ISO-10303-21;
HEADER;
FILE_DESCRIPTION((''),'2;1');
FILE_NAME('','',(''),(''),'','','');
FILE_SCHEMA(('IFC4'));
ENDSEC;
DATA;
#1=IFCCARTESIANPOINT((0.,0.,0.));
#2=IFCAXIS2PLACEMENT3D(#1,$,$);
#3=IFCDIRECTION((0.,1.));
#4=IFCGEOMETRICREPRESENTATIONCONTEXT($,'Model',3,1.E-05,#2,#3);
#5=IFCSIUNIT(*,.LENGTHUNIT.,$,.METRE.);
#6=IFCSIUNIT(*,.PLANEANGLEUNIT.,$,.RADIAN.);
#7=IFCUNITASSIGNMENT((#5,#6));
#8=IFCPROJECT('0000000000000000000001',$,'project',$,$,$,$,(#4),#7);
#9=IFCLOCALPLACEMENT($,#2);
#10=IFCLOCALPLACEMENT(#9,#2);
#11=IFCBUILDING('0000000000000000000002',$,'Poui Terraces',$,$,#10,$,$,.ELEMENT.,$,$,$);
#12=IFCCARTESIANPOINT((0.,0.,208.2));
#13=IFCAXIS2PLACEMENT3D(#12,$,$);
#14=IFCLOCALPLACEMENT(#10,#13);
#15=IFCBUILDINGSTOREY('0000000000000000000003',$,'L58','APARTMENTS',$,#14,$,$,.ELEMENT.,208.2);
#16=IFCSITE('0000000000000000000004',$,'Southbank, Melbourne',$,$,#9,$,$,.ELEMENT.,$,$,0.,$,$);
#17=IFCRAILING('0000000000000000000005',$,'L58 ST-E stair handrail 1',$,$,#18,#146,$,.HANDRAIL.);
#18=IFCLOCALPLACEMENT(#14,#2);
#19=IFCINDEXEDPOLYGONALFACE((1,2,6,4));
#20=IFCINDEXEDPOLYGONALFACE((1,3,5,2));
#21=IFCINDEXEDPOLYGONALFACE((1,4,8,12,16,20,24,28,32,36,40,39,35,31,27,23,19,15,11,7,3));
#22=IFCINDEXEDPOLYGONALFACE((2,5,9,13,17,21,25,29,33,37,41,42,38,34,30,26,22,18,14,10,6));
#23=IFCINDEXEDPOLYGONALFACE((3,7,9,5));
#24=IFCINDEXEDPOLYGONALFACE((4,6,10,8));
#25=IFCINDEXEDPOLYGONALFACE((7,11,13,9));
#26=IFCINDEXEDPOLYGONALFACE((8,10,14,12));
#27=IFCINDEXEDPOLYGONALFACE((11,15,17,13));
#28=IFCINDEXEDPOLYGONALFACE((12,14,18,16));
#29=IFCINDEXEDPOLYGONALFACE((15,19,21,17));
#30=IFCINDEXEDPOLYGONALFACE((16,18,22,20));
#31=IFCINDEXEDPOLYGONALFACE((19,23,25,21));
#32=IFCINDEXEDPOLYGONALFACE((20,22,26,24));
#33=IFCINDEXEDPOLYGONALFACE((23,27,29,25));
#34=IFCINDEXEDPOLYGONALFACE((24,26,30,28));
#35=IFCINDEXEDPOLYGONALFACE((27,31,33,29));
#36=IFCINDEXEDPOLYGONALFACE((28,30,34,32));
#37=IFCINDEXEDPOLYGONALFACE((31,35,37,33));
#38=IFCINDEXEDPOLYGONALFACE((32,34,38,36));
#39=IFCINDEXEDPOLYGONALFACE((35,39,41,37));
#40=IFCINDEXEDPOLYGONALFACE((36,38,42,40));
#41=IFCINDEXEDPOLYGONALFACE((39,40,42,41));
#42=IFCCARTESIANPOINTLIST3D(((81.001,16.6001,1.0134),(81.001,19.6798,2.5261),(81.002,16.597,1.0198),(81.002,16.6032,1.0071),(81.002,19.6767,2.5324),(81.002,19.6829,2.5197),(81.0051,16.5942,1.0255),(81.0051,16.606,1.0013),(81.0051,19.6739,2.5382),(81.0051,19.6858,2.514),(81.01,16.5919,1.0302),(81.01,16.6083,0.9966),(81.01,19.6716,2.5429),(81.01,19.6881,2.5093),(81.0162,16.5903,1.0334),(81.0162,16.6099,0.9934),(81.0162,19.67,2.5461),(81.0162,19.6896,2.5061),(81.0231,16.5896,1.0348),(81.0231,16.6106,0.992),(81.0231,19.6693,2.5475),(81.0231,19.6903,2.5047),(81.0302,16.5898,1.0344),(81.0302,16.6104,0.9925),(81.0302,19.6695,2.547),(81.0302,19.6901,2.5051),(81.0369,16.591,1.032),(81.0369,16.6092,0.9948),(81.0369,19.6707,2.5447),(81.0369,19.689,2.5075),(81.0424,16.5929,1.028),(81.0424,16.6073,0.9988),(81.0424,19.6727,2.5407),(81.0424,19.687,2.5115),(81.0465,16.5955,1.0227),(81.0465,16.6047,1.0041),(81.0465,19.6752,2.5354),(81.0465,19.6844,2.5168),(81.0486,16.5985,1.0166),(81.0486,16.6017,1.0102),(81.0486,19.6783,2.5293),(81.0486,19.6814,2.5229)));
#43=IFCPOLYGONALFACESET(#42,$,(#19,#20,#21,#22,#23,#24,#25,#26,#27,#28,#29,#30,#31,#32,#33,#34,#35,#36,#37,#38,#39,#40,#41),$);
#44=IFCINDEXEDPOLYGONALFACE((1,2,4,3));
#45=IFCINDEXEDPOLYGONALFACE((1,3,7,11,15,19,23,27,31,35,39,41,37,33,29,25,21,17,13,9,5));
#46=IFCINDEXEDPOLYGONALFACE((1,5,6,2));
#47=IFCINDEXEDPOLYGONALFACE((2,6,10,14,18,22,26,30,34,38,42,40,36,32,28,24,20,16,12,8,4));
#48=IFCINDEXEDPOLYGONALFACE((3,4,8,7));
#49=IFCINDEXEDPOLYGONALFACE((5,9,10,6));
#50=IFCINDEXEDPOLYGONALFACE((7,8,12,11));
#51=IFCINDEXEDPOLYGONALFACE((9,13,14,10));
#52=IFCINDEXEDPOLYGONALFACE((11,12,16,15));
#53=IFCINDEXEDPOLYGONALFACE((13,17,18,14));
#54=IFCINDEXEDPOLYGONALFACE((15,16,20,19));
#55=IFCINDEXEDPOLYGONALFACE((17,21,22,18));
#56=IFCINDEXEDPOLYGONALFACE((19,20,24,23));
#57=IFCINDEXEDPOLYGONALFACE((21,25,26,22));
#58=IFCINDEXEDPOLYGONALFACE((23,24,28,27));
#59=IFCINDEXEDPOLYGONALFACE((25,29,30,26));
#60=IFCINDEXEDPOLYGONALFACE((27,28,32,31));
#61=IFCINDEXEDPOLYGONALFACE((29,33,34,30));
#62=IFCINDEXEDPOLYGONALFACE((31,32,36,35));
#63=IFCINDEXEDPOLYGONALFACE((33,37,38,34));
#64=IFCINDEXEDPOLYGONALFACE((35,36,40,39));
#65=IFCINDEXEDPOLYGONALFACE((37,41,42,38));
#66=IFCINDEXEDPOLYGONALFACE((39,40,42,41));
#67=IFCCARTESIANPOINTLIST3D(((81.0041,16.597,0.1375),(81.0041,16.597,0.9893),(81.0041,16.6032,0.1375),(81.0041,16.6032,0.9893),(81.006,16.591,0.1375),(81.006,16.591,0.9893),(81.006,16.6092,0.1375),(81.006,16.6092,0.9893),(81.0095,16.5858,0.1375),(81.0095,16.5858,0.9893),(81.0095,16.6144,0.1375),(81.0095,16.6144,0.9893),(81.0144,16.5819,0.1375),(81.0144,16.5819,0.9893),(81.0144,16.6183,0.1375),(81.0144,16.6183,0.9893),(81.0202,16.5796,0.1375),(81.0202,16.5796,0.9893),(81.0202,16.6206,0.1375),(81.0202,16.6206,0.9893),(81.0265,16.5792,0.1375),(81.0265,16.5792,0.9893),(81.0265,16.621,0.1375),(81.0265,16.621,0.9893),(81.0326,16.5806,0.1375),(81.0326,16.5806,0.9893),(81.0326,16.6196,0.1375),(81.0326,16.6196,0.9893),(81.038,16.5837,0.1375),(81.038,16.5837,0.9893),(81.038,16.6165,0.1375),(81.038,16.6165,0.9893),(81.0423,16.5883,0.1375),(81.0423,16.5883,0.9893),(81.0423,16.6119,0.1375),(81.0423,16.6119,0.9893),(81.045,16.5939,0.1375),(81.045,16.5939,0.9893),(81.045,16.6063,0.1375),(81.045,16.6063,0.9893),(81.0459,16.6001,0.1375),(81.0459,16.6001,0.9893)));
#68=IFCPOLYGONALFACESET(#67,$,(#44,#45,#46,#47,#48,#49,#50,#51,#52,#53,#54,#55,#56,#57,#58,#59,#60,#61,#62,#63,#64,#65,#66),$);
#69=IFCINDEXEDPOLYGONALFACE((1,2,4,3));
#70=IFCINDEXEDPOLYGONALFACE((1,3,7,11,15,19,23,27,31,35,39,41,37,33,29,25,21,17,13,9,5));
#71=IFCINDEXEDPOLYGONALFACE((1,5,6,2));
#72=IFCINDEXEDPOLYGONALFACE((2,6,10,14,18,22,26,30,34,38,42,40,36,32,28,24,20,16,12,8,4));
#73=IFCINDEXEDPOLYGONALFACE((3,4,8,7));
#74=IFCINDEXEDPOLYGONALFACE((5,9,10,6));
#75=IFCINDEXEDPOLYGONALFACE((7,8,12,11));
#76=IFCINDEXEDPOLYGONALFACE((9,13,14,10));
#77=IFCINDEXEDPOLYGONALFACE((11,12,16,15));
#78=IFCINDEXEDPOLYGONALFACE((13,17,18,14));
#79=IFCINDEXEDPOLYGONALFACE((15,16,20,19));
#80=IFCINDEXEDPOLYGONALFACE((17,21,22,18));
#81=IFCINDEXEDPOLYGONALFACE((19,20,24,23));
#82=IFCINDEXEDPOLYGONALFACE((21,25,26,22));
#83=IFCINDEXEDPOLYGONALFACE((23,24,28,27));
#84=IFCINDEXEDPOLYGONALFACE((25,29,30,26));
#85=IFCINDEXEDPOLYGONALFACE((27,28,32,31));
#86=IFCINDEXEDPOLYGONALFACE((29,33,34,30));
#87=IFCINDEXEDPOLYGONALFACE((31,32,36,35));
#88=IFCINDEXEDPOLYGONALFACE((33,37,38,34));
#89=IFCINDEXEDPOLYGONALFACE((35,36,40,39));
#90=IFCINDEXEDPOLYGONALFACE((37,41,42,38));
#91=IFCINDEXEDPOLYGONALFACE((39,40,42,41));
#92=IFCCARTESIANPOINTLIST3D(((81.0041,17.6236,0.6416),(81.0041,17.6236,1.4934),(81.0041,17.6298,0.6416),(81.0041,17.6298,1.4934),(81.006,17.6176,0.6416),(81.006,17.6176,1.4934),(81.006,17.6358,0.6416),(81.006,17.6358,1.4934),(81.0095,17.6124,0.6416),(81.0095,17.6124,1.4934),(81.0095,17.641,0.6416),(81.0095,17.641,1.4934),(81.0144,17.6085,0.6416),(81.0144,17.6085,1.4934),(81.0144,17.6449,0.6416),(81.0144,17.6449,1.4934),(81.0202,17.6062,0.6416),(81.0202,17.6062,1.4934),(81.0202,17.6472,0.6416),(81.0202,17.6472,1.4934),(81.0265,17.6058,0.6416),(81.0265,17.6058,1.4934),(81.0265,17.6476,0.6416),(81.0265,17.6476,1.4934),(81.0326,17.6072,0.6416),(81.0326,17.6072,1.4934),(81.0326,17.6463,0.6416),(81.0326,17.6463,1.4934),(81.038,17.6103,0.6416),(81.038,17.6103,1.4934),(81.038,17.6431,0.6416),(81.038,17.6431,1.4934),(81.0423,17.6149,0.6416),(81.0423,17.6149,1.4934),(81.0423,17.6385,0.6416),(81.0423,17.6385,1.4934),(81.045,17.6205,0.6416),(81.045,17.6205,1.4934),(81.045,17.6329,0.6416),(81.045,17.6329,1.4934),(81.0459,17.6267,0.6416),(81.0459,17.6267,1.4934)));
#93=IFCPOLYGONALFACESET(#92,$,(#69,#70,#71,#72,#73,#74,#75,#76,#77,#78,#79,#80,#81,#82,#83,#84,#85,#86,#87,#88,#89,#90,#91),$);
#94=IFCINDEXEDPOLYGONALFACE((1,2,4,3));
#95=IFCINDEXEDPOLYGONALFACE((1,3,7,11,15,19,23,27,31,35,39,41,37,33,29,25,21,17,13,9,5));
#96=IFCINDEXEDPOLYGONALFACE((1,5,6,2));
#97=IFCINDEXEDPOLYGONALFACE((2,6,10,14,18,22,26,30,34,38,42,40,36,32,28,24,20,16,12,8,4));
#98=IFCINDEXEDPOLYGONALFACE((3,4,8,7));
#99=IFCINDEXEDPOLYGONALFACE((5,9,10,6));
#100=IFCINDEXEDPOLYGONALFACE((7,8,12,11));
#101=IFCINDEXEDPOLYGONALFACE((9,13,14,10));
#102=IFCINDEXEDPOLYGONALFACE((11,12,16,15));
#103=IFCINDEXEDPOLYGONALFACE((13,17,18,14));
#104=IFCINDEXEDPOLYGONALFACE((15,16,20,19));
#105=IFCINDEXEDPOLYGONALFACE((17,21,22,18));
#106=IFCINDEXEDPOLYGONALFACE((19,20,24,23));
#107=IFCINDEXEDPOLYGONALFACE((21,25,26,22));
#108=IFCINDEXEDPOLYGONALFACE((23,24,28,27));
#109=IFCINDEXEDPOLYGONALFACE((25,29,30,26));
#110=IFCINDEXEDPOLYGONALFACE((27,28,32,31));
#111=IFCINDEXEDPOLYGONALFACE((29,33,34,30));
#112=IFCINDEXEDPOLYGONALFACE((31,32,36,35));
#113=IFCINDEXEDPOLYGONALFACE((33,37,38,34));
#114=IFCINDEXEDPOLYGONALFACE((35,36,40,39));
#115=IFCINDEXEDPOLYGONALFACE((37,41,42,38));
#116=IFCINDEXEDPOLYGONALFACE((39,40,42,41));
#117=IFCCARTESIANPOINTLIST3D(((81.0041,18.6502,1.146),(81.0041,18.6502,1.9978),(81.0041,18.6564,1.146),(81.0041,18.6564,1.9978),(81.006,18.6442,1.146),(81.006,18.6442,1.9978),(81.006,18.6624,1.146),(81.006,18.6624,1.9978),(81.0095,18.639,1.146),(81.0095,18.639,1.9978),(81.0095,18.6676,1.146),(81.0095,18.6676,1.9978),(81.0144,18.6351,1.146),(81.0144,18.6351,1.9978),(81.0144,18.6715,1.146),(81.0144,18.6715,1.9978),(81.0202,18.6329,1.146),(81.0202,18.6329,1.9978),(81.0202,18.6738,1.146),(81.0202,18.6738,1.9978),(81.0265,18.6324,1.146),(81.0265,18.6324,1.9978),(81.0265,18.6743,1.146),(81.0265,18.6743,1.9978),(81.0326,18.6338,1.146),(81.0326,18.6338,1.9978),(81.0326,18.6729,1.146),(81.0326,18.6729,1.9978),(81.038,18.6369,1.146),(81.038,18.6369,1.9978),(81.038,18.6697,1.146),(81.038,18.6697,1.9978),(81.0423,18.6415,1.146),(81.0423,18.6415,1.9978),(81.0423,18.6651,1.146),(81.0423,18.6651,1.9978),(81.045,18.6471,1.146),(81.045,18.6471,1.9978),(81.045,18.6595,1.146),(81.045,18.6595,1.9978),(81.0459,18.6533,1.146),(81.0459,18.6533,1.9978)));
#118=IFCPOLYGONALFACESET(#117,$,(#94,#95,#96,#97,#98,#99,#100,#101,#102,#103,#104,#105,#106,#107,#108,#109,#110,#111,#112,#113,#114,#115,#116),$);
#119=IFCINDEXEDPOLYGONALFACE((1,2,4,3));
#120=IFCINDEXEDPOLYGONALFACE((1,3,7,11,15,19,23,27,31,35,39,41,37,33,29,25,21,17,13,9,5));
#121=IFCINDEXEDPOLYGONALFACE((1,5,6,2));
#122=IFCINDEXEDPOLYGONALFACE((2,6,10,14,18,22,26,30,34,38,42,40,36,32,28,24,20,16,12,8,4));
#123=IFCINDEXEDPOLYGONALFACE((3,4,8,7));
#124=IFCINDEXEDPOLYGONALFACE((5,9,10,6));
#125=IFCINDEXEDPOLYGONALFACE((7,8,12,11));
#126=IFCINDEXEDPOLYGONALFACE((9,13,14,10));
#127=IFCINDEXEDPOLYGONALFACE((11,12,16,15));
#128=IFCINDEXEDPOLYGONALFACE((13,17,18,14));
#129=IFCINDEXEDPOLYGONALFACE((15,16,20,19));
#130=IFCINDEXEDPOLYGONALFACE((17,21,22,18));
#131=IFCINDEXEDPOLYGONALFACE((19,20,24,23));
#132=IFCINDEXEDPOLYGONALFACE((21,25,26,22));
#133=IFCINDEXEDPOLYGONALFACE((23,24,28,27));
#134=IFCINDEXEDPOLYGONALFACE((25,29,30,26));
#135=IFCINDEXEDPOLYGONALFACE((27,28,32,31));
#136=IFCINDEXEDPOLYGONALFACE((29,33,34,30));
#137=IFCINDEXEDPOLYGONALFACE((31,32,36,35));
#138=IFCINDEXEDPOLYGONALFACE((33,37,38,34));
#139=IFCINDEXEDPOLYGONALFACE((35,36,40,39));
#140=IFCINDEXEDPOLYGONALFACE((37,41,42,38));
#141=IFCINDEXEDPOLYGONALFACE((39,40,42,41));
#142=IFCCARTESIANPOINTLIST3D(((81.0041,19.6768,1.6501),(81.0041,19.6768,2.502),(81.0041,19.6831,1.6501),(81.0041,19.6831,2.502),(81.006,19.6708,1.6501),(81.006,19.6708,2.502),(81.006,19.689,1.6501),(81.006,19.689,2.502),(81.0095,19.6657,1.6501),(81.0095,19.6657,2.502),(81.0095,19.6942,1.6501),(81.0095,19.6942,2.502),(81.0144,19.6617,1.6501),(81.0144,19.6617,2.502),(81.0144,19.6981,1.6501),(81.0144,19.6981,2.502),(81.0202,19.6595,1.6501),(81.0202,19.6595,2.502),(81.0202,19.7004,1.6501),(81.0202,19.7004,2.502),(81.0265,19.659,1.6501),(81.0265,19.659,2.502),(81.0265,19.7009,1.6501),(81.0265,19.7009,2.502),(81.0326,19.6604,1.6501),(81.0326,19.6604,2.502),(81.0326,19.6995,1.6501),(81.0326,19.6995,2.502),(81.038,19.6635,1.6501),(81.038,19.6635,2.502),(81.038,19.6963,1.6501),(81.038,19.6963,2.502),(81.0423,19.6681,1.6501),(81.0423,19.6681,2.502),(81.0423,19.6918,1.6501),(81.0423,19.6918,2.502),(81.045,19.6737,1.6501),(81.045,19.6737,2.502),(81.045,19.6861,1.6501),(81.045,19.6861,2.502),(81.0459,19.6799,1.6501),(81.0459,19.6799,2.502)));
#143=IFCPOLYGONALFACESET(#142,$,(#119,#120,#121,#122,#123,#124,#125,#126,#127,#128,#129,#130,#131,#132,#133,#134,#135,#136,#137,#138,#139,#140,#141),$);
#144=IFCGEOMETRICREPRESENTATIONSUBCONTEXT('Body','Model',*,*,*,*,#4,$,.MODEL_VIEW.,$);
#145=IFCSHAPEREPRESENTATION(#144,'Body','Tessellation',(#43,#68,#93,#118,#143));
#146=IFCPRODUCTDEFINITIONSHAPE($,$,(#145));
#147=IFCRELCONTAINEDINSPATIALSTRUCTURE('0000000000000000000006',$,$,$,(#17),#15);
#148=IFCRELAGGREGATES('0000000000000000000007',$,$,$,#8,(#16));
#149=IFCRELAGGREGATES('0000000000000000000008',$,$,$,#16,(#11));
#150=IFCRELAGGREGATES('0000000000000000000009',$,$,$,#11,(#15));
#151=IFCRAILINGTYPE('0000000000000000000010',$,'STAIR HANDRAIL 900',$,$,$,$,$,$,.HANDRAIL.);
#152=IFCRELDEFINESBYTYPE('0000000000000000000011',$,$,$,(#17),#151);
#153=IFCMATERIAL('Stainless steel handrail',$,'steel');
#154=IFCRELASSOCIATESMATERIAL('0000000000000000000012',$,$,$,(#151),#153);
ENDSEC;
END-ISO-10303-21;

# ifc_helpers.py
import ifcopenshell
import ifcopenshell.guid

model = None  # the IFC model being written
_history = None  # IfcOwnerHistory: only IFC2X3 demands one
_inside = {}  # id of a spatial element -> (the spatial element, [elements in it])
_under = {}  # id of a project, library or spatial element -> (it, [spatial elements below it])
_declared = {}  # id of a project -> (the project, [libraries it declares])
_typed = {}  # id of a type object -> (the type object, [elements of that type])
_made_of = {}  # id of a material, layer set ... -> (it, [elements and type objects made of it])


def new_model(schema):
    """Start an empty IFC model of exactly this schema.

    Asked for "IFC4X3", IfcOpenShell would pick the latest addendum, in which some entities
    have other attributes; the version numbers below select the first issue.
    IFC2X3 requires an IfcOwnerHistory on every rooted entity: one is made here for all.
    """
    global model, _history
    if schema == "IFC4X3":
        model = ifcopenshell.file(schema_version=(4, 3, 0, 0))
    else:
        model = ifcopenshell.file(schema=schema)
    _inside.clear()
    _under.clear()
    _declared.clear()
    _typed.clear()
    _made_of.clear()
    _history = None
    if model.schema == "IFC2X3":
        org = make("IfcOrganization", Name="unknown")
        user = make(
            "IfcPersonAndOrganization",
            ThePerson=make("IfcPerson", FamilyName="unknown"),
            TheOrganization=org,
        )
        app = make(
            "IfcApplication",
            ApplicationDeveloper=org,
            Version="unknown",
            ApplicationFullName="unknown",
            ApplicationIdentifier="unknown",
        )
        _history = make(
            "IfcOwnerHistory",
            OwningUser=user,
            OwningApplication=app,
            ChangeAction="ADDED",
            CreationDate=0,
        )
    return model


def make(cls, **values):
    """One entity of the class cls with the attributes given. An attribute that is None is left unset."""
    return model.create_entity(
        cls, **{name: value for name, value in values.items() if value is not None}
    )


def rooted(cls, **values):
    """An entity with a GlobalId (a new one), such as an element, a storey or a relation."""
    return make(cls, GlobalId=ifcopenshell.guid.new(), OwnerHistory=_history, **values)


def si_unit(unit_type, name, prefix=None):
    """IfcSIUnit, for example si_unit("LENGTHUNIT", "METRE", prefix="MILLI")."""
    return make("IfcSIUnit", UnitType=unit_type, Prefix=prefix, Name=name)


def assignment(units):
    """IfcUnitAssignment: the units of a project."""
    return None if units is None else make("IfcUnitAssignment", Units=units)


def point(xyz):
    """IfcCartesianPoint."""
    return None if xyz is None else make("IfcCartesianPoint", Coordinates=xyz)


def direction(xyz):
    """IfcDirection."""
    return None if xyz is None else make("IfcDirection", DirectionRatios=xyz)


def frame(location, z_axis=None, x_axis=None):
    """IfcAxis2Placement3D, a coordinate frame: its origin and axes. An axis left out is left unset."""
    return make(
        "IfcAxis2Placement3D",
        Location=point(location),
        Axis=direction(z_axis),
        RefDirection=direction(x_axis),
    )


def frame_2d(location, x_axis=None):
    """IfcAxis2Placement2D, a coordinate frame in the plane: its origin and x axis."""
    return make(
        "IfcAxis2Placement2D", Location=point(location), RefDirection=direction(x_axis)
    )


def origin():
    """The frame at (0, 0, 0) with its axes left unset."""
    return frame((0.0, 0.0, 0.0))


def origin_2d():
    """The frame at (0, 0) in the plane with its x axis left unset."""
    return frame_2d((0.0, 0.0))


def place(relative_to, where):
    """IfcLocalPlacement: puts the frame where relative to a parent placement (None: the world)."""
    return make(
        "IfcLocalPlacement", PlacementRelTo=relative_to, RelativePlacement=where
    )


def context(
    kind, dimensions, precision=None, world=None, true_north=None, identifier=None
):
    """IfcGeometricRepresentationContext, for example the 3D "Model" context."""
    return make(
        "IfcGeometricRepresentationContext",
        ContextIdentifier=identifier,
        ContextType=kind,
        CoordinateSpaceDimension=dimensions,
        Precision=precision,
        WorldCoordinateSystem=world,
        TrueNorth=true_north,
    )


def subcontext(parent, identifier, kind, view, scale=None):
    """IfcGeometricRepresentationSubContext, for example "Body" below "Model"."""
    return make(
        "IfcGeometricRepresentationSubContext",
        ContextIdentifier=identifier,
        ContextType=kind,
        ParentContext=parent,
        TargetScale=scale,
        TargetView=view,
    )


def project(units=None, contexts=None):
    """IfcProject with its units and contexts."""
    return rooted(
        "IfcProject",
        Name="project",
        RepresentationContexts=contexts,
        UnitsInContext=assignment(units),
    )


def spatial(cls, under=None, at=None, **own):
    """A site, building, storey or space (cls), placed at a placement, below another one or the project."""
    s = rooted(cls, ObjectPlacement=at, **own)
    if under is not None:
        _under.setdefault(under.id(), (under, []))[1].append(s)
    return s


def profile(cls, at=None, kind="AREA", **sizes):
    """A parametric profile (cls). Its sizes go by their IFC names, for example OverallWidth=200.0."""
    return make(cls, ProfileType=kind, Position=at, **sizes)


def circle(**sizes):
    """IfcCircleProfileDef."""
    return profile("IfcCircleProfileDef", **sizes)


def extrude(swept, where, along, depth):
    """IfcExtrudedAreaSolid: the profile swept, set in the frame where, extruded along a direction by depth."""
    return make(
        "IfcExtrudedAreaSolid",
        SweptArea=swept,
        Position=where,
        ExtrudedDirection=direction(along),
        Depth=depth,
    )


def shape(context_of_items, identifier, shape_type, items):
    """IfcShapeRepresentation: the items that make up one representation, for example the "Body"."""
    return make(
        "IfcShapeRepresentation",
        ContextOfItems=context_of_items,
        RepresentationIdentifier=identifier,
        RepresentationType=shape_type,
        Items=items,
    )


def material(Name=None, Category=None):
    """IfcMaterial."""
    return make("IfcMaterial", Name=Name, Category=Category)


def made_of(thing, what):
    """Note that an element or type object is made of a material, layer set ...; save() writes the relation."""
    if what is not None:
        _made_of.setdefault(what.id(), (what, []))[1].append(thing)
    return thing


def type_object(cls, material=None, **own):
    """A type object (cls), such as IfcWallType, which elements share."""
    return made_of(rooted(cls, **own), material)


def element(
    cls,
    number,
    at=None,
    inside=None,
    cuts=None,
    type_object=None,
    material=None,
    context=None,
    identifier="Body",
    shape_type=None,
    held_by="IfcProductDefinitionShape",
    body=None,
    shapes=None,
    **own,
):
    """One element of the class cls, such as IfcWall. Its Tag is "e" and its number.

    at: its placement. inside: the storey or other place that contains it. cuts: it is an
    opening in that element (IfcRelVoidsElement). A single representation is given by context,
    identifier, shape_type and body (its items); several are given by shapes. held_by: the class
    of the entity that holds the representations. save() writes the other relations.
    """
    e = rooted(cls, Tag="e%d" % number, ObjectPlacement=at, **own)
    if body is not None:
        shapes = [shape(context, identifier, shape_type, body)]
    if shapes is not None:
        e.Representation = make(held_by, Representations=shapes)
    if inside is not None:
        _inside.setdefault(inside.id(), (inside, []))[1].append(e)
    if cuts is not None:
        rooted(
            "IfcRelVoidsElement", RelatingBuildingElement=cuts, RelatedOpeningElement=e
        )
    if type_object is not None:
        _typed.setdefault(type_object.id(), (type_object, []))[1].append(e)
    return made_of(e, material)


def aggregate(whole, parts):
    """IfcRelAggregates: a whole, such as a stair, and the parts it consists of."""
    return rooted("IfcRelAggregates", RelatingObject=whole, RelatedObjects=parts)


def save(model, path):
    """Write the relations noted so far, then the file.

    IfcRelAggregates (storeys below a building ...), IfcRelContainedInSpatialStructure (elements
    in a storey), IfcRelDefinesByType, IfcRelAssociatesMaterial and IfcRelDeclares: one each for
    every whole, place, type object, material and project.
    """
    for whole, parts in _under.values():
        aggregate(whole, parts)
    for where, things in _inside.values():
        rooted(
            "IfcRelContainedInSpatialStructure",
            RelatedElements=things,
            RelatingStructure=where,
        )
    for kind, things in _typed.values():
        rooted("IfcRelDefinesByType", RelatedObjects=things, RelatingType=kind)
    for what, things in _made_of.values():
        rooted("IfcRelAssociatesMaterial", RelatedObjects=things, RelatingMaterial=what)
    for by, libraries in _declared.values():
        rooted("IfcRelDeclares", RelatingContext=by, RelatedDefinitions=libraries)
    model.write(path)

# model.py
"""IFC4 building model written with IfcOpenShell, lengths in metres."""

from ifc_helpers import new_model, si_unit, direction, frame, origin, origin_2d, place, context, subcontext, project, spatial, circle, extrude, material, type_object, element, save


model = new_model("IFC4")

# Units and contexts
model_context = context("Model", 3, precision=1e-05, world=origin(), true_north=direction((0.0, 1.0)))
body_context = subcontext(model_context, "Body", "Model", "MODEL_VIEW")
ifc_project = project(units=[si_unit("LENGTHUNIT", "METRE"), si_unit("PLANEANGLEUNIT", "RADIAN")], contexts=[model_context])

# Site, building, storey
site_placement = place(None, origin())
site = spatial("IfcSite", under=ifc_project, at=site_placement, Name="Southbank, Melbourne", CompositionType="ELEMENT", RefElevation=0.0)
building_placement = place(site_placement, origin())
building = spatial("IfcBuilding", under=site, at=building_placement, Name="Poui Terraces", CompositionType="ELEMENT")
storey_placement = place(building_placement, frame((0.0, 0.0, 208.2)))
storey = spatial("IfcBuildingStorey", under=building, at=storey_placement, Name="L58", Description="APARTMENTS", CompositionType="ELEMENT", Elevation=208.2)

# Railing
ifc_material_1 = material(Name="Stainless steel handrail", Category="steel")
railing_type_1 = type_object("IfcRailingType", Name="STAIR HANDRAIL 900", PredefinedType="HANDRAIL", material=ifc_material_1)
railing_1_placement = place(storey_placement, frame((81.0249, 16.6001, 0.1375)))
element("IfcRailing", 1, at=railing_1_placement, inside=storey, type_object=railing_type_1, Name="L58 ST-E stair handrail 1", PredefinedType="HANDRAIL", context=body_context, shape_type="SweptSolid", body=[
    extrude(circle(Radius=0.0239, at=origin_2d()), frame((0.0, 0.0, 0.876), z_axis=(0.0, 0.897578, 0.440856), x_axis=(-1.0, 0.0, 0.0)), (0.0, 0.0, 1.0), 3.4312),
    extrude(circle(Radius=0.021, at=origin_2d()), origin(), (0.0, 0.0, 1.0), 0.8518),
    extrude(circle(Radius=0.021, at=origin_2d()), frame((0.0, 1.0266, 0.5042)), (0.0, 0.0, 1.0), 0.8518),
    extrude(circle(Radius=0.021, at=origin_2d()), frame((0.0, 2.0532, 1.0085)), (0.0, 0.0, 1.0), 0.8518),
    extrude(circle(Radius=0.021, at=origin_2d()), frame((0.0, 3.0798, 1.5127)), (0.0, 0.0, 1.0), 0.8518),
])

save(model, "model.ifc")
